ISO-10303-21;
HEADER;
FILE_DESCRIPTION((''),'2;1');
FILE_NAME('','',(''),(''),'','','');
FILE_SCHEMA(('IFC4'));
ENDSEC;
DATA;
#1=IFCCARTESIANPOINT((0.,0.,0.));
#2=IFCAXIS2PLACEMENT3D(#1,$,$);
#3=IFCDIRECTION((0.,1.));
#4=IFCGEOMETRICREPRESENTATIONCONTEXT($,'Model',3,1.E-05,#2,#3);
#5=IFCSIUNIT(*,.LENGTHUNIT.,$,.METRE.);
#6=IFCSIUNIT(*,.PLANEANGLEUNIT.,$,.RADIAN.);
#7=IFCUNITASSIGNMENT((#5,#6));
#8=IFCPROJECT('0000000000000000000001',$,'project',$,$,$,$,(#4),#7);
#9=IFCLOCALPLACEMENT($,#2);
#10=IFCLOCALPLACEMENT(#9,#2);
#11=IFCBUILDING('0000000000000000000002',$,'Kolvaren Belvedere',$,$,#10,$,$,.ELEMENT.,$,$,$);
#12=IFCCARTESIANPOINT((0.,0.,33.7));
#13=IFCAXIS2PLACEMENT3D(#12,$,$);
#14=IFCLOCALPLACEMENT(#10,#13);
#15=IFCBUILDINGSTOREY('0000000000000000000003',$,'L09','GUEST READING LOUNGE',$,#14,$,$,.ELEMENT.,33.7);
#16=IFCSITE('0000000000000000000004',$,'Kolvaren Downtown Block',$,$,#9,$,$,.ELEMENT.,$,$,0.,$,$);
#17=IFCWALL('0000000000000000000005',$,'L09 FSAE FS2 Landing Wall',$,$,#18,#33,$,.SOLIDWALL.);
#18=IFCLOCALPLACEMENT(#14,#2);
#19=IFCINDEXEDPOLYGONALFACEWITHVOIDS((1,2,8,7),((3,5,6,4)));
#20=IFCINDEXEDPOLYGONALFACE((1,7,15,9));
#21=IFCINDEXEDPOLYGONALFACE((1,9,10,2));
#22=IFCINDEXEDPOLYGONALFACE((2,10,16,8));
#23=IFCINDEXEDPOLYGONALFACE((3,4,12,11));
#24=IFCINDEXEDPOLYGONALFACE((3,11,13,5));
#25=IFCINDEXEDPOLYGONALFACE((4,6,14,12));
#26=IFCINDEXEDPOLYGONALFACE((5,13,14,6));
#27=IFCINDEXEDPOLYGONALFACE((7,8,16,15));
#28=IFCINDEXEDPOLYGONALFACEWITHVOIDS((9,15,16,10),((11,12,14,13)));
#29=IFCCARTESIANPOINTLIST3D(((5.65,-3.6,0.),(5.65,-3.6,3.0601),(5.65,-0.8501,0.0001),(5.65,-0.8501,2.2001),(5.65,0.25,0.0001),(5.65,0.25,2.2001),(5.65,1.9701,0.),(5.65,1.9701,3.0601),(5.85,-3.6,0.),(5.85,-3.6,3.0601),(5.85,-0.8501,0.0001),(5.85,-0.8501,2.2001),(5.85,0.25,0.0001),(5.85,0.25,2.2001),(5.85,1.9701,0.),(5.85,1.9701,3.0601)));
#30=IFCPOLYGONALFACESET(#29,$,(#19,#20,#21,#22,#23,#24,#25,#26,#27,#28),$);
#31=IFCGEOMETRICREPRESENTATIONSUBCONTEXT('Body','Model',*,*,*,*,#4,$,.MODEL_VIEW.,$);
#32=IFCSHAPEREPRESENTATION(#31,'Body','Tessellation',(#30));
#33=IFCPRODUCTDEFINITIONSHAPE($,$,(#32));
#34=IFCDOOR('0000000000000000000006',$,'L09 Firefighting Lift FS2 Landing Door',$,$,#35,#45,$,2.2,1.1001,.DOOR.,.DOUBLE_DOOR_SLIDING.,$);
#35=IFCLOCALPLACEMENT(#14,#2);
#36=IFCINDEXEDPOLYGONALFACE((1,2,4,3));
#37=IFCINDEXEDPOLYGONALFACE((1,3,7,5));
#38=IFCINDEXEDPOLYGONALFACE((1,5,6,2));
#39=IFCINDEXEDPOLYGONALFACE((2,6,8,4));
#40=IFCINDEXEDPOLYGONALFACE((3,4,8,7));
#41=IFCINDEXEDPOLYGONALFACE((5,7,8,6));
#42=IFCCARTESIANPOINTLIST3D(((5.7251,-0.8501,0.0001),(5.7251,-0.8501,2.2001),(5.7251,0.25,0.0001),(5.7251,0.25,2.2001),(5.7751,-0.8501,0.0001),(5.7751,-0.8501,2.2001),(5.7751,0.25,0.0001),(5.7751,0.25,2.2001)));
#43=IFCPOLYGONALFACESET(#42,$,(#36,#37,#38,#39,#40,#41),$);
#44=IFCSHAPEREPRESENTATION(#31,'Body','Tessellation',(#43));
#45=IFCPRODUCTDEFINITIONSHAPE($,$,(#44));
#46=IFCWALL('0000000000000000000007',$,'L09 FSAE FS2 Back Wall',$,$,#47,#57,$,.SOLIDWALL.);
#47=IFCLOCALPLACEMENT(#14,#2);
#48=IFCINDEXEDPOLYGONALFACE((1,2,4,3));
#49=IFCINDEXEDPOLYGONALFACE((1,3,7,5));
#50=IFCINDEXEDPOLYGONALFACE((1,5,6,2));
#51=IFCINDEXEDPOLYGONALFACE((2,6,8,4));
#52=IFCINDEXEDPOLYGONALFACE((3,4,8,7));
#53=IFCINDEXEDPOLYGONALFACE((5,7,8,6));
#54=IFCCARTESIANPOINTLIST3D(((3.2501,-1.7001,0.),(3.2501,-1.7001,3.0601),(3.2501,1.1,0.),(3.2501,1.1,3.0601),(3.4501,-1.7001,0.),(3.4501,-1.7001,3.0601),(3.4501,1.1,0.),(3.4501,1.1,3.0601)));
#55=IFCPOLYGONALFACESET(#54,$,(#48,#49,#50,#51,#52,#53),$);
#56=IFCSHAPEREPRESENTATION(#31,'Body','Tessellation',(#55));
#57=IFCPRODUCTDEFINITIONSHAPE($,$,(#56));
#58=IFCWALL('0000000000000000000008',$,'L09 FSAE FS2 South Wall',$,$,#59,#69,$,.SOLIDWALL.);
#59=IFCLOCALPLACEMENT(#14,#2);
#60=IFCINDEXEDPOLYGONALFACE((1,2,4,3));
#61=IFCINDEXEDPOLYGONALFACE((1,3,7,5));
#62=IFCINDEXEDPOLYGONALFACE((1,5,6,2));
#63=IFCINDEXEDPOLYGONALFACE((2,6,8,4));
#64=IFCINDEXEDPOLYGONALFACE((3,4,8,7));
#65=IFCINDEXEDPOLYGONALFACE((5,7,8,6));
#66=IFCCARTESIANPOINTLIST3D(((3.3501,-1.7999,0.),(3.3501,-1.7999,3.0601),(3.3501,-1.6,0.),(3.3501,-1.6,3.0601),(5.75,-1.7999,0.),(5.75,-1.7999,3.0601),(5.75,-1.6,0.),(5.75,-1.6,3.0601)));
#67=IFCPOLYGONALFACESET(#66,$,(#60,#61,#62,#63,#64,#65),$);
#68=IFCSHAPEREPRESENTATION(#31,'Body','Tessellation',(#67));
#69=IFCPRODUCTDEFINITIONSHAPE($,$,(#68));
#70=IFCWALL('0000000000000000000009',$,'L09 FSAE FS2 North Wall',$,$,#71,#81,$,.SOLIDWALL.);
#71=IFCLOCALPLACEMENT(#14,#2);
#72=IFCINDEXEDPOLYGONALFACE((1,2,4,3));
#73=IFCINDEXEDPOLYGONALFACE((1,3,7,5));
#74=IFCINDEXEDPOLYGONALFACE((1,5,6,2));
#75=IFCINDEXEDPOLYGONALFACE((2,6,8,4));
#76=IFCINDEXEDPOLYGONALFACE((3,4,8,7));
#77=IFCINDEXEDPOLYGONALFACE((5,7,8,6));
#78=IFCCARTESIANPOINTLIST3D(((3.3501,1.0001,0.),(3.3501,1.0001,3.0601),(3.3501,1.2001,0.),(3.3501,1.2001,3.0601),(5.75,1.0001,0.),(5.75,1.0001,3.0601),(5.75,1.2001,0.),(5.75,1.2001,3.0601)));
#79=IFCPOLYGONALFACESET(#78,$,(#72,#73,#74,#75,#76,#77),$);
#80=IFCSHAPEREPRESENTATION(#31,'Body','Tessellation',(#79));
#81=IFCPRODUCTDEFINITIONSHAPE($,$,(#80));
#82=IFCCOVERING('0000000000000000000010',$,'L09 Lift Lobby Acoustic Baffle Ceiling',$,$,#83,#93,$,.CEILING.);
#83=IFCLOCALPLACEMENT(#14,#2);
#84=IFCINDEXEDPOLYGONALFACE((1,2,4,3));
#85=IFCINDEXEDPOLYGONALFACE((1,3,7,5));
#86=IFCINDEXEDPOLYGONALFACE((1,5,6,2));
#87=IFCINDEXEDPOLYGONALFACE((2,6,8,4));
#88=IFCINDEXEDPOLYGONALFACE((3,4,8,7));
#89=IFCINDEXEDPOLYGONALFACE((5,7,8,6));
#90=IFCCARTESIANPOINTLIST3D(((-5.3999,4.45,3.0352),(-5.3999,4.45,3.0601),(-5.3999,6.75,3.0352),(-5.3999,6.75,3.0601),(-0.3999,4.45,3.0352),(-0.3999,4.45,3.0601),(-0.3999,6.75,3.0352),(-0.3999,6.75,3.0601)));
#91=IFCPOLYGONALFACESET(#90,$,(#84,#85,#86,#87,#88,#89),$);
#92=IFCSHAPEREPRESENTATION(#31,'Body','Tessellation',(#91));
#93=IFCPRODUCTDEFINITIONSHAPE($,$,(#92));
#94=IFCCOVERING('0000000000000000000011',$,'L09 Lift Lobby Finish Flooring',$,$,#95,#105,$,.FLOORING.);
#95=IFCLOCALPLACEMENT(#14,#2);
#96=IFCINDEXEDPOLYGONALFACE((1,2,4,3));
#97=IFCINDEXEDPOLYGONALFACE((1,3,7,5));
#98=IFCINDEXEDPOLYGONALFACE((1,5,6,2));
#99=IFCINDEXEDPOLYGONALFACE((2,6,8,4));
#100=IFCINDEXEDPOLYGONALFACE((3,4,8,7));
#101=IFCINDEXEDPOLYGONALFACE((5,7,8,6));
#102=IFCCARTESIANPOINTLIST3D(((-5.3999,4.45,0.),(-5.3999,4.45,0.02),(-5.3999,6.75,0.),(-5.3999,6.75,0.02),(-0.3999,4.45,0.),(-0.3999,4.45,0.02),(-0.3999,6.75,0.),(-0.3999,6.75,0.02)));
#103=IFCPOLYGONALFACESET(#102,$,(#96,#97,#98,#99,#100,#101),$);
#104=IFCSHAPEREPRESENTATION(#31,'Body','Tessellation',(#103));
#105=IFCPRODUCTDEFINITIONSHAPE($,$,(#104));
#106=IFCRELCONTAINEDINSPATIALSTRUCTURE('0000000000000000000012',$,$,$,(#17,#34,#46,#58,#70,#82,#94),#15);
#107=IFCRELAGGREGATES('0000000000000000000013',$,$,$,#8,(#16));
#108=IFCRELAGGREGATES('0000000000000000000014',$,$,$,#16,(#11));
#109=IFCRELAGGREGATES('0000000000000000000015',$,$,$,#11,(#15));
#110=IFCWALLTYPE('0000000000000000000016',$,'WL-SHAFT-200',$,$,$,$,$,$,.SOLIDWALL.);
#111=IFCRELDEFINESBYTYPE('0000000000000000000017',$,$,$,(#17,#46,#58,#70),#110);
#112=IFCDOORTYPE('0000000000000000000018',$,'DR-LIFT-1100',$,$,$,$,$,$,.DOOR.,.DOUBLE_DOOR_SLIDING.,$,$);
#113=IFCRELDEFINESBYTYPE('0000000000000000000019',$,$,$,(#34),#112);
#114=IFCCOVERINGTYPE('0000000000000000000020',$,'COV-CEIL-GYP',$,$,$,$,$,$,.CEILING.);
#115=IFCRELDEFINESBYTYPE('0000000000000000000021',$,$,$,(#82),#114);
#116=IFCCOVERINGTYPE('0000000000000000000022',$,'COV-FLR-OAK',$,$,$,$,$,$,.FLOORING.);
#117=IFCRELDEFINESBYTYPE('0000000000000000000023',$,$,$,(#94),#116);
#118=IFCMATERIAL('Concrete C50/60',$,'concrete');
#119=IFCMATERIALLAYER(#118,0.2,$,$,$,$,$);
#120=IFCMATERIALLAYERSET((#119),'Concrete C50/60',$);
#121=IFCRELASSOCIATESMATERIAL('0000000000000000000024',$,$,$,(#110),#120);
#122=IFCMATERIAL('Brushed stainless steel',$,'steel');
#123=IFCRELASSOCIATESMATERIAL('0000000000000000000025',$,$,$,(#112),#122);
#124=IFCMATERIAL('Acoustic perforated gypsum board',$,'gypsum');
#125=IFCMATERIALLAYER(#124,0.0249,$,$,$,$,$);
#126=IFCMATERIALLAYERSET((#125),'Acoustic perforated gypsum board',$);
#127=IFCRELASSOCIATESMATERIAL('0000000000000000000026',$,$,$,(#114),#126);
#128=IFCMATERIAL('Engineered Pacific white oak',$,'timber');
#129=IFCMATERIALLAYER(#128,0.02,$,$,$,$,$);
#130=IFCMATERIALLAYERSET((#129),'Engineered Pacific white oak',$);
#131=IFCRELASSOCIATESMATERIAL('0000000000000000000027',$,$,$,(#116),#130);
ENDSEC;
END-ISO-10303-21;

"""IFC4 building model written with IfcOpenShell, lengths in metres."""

from ifc_helpers import new_model, si_unit, direction, frame, frame_2d, origin, place, context, subcontext, project, spatial, polyline, rectangle, outline, extrude, material, layer, layer_set, type_object, element, fill, save


model = new_model("IFC4")

# Units and contexts
model_context = context("Model", 3, precision=1e-05, world=origin(), true_north=direction((0.0, 1.0)))
body_context = subcontext(model_context, "Body", "Model", "MODEL_VIEW")
ifc_project = project(units=[si_unit("LENGTHUNIT", "METRE"), si_unit("PLANEANGLEUNIT", "RADIAN")], contexts=[model_context])

# Site, building, storey
site_placement = place(None, origin())
site = spatial("IfcSite", under=ifc_project, at=site_placement, Name="Kolvaren Downtown Block", CompositionType="ELEMENT", RefElevation=0.0)
building_placement = place(site_placement, origin())
building = spatial("IfcBuilding", under=site, at=building_placement, Name="Kolvaren Belvedere", CompositionType="ELEMENT")
storey_placement = place(building_placement, frame((0.0, 0.0, 33.7)))
storey = spatial("IfcBuildingStorey", under=building, at=storey_placement, Name="L09", Description="GUEST READING LOUNGE", CompositionType="ELEMENT", Elevation=33.7)

# Wall, opening, door
ifc_material_1 = material(Name="Concrete C50/60", Category="concrete")
ifc_layer_1 = layer(ifc_material_1, 0.2)
ifc_layer_set_1 = layer_set([ifc_layer_1], Name="Concrete C50/60")
wall_type = type_object("IfcWallType", Name="WL-SHAFT-200", PredefinedType="SOLIDWALL", material=ifc_layer_set_1)
wall_1_placement = place(storey_placement, frame((5.75, -3.6001, 0.0), z_axis=(0.0, 0.0, 1.0), x_axis=(0.0, 1.0, 0.0)))
wall_1 = element("IfcWall", 1, at=wall_1_placement, inside=storey, type_object=wall_type, Name="L09 FSAE FS2 Landing Wall", PredefinedType="SOLIDWALL", context=body_context, shape_type="SweptSolid", body=[
    extrude(rectangle(XDim=5.5701, YDim=0.2, at=frame_2d((2.7852, 0.0))), origin(), (0.0, 0.0, 1.0), 3.0601),
])
opening_1_placement = place(wall_1_placement, frame((2.75, 0.0, 0.0)))
opening_1 = element("IfcOpeningElement", 2, at=opening_1_placement, cuts=wall_1, PredefinedType="OPENING", context=body_context, shape_type="SweptSolid", body=[
    extrude(rectangle(XDim=1.1001, YDim=2.2, at=frame_2d((0.55, 1.1001))), frame((0.0, 0.1099, 0.0), z_axis=(0.0, -1.0, 0.0), x_axis=(1.0, 0.0, 0.0)), (0.0, 0.0, 1.0), 0.22),
])
ifc_material_2 = material(Name="Brushed stainless steel", Category="steel")
door_type_1 = type_object("IfcDoorType", Name="DR-LIFT-1100", OperationType="DOUBLE_DOOR_SLIDING", PredefinedType="DOOR", material=ifc_material_2)
door_1_placement = place(opening_1_placement, origin())
door_1 = element("IfcDoor", 3, at=door_1_placement, inside=storey, type_object=door_type_1, Name="L09 Firefighting Lift FS2 Landing Door", OperationType="DOUBLE_DOOR_SLIDING", OverallHeight=2.2, OverallWidth=1.1001, PredefinedType="DOOR", context=body_context, shape_type="SweptSolid", body=[
    extrude(rectangle(XDim=1.1001, YDim=2.2, at=frame_2d((0.55, 1.1001))), frame((0.0, 0.0249, 0.0), z_axis=(0.0, -1.0, 0.0), x_axis=(1.0, 0.0, 0.0)), (0.0, 0.0, 1.0), 0.05),
])
fill(opening_1, door_1)

# Walls
wall_2_placement = place(storey_placement, frame((3.3501, -1.7, 0.0), z_axis=(0.0, 0.0, 1.0), x_axis=(0.0, 1.0, 0.0)))
element("IfcWall", 4, at=wall_2_placement, inside=storey, type_object=wall_type, Name="L09 FSAE FS2 Back Wall", PredefinedType="SOLIDWALL", context=body_context, shape_type="SweptSolid", body=[
    extrude(rectangle(XDim=2.8, YDim=0.2, at=frame_2d((1.3999, 0.0))), origin(), (0.0, 0.0, 1.0), 3.0601),
])
for number, where, z_axis, x_axis, name in (
    (5, (3.3501, -1.7, 0.0), (0.0, 0.0, 1.0), (1.0, 0.0, 0.0), "L09 FSAE FS2 South Wall"),
    (6, (3.3501, 1.1001, 0.0), (0.0, 0.0, 1.0), (1.0, 0.0, 0.0), "L09 FSAE FS2 North Wall"),
):
    element("IfcWall", number, at=place(storey_placement, frame(where, z_axis=z_axis, x_axis=x_axis)), inside=storey, type_object=wall_type, Name=name, PredefinedType="SOLIDWALL", context=body_context, shape_type="SweptSolid", body=[
        extrude(rectangle(XDim=2.3999, YDim=0.2, at=frame_2d((1.2, 0.0))), origin(), (0.0, 0.0, 1.0), 3.0601),
    ])

# Coverings
ifc_material_3 = material(Name="Acoustic perforated gypsum board", Category="gypsum")
ifc_layer_2 = layer(ifc_material_3, 0.0249)
ifc_layer_set_2 = layer_set([ifc_layer_2], Name="Acoustic perforated gypsum board")
covering_type_1 = type_object("IfcCoveringType", Name="COV-CEIL-GYP", PredefinedType="CEILING", material=ifc_layer_set_2)
covering_1_placement = place(storey_placement, frame((0.0, 0.0, 3.0352)))
element("IfcCovering", 7, at=covering_1_placement, inside=storey, type_object=covering_type_1, Name="L09 Lift Lobby Acoustic Baffle Ceiling", PredefinedType="CEILING", context=body_context, shape_type="SweptSolid", body=[
    extrude(outline(polyline([(-5.3999, 4.45), (-0.3999, 4.45), (-0.3999, 6.75), (-5.3999, 6.75), (-5.3999, 4.45)])), origin(), (0.0, 0.0, 1.0), 0.0249),
])
ifc_material_4 = material(Name="Engineered Pacific white oak", Category="timber")
ifc_layer_3 = layer(ifc_material_4, 0.02)
ifc_layer_set_3 = layer_set([ifc_layer_3], Name="Engineered Pacific white oak")
covering_type_2 = type_object("IfcCoveringType", Name="COV-FLR-OAK", PredefinedType="FLOORING", material=ifc_layer_set_3)
covering_2_placement = place(storey_placement, origin())
element("IfcCovering", 8, at=covering_2_placement, inside=storey, type_object=covering_type_2, Name="L09 Lift Lobby Finish Flooring", PredefinedType="FLOORING", context=body_context, shape_type="SweptSolid", body=[
    extrude(outline(polyline([(-5.3999, 4.45), (-0.3999, 4.45), (-0.3999, 6.75), (-5.3999, 6.75), (-5.3999, 4.45)])), origin(), (0.0, 0.0, 1.0), 0.02),
])

save(model, "model.ifc")
